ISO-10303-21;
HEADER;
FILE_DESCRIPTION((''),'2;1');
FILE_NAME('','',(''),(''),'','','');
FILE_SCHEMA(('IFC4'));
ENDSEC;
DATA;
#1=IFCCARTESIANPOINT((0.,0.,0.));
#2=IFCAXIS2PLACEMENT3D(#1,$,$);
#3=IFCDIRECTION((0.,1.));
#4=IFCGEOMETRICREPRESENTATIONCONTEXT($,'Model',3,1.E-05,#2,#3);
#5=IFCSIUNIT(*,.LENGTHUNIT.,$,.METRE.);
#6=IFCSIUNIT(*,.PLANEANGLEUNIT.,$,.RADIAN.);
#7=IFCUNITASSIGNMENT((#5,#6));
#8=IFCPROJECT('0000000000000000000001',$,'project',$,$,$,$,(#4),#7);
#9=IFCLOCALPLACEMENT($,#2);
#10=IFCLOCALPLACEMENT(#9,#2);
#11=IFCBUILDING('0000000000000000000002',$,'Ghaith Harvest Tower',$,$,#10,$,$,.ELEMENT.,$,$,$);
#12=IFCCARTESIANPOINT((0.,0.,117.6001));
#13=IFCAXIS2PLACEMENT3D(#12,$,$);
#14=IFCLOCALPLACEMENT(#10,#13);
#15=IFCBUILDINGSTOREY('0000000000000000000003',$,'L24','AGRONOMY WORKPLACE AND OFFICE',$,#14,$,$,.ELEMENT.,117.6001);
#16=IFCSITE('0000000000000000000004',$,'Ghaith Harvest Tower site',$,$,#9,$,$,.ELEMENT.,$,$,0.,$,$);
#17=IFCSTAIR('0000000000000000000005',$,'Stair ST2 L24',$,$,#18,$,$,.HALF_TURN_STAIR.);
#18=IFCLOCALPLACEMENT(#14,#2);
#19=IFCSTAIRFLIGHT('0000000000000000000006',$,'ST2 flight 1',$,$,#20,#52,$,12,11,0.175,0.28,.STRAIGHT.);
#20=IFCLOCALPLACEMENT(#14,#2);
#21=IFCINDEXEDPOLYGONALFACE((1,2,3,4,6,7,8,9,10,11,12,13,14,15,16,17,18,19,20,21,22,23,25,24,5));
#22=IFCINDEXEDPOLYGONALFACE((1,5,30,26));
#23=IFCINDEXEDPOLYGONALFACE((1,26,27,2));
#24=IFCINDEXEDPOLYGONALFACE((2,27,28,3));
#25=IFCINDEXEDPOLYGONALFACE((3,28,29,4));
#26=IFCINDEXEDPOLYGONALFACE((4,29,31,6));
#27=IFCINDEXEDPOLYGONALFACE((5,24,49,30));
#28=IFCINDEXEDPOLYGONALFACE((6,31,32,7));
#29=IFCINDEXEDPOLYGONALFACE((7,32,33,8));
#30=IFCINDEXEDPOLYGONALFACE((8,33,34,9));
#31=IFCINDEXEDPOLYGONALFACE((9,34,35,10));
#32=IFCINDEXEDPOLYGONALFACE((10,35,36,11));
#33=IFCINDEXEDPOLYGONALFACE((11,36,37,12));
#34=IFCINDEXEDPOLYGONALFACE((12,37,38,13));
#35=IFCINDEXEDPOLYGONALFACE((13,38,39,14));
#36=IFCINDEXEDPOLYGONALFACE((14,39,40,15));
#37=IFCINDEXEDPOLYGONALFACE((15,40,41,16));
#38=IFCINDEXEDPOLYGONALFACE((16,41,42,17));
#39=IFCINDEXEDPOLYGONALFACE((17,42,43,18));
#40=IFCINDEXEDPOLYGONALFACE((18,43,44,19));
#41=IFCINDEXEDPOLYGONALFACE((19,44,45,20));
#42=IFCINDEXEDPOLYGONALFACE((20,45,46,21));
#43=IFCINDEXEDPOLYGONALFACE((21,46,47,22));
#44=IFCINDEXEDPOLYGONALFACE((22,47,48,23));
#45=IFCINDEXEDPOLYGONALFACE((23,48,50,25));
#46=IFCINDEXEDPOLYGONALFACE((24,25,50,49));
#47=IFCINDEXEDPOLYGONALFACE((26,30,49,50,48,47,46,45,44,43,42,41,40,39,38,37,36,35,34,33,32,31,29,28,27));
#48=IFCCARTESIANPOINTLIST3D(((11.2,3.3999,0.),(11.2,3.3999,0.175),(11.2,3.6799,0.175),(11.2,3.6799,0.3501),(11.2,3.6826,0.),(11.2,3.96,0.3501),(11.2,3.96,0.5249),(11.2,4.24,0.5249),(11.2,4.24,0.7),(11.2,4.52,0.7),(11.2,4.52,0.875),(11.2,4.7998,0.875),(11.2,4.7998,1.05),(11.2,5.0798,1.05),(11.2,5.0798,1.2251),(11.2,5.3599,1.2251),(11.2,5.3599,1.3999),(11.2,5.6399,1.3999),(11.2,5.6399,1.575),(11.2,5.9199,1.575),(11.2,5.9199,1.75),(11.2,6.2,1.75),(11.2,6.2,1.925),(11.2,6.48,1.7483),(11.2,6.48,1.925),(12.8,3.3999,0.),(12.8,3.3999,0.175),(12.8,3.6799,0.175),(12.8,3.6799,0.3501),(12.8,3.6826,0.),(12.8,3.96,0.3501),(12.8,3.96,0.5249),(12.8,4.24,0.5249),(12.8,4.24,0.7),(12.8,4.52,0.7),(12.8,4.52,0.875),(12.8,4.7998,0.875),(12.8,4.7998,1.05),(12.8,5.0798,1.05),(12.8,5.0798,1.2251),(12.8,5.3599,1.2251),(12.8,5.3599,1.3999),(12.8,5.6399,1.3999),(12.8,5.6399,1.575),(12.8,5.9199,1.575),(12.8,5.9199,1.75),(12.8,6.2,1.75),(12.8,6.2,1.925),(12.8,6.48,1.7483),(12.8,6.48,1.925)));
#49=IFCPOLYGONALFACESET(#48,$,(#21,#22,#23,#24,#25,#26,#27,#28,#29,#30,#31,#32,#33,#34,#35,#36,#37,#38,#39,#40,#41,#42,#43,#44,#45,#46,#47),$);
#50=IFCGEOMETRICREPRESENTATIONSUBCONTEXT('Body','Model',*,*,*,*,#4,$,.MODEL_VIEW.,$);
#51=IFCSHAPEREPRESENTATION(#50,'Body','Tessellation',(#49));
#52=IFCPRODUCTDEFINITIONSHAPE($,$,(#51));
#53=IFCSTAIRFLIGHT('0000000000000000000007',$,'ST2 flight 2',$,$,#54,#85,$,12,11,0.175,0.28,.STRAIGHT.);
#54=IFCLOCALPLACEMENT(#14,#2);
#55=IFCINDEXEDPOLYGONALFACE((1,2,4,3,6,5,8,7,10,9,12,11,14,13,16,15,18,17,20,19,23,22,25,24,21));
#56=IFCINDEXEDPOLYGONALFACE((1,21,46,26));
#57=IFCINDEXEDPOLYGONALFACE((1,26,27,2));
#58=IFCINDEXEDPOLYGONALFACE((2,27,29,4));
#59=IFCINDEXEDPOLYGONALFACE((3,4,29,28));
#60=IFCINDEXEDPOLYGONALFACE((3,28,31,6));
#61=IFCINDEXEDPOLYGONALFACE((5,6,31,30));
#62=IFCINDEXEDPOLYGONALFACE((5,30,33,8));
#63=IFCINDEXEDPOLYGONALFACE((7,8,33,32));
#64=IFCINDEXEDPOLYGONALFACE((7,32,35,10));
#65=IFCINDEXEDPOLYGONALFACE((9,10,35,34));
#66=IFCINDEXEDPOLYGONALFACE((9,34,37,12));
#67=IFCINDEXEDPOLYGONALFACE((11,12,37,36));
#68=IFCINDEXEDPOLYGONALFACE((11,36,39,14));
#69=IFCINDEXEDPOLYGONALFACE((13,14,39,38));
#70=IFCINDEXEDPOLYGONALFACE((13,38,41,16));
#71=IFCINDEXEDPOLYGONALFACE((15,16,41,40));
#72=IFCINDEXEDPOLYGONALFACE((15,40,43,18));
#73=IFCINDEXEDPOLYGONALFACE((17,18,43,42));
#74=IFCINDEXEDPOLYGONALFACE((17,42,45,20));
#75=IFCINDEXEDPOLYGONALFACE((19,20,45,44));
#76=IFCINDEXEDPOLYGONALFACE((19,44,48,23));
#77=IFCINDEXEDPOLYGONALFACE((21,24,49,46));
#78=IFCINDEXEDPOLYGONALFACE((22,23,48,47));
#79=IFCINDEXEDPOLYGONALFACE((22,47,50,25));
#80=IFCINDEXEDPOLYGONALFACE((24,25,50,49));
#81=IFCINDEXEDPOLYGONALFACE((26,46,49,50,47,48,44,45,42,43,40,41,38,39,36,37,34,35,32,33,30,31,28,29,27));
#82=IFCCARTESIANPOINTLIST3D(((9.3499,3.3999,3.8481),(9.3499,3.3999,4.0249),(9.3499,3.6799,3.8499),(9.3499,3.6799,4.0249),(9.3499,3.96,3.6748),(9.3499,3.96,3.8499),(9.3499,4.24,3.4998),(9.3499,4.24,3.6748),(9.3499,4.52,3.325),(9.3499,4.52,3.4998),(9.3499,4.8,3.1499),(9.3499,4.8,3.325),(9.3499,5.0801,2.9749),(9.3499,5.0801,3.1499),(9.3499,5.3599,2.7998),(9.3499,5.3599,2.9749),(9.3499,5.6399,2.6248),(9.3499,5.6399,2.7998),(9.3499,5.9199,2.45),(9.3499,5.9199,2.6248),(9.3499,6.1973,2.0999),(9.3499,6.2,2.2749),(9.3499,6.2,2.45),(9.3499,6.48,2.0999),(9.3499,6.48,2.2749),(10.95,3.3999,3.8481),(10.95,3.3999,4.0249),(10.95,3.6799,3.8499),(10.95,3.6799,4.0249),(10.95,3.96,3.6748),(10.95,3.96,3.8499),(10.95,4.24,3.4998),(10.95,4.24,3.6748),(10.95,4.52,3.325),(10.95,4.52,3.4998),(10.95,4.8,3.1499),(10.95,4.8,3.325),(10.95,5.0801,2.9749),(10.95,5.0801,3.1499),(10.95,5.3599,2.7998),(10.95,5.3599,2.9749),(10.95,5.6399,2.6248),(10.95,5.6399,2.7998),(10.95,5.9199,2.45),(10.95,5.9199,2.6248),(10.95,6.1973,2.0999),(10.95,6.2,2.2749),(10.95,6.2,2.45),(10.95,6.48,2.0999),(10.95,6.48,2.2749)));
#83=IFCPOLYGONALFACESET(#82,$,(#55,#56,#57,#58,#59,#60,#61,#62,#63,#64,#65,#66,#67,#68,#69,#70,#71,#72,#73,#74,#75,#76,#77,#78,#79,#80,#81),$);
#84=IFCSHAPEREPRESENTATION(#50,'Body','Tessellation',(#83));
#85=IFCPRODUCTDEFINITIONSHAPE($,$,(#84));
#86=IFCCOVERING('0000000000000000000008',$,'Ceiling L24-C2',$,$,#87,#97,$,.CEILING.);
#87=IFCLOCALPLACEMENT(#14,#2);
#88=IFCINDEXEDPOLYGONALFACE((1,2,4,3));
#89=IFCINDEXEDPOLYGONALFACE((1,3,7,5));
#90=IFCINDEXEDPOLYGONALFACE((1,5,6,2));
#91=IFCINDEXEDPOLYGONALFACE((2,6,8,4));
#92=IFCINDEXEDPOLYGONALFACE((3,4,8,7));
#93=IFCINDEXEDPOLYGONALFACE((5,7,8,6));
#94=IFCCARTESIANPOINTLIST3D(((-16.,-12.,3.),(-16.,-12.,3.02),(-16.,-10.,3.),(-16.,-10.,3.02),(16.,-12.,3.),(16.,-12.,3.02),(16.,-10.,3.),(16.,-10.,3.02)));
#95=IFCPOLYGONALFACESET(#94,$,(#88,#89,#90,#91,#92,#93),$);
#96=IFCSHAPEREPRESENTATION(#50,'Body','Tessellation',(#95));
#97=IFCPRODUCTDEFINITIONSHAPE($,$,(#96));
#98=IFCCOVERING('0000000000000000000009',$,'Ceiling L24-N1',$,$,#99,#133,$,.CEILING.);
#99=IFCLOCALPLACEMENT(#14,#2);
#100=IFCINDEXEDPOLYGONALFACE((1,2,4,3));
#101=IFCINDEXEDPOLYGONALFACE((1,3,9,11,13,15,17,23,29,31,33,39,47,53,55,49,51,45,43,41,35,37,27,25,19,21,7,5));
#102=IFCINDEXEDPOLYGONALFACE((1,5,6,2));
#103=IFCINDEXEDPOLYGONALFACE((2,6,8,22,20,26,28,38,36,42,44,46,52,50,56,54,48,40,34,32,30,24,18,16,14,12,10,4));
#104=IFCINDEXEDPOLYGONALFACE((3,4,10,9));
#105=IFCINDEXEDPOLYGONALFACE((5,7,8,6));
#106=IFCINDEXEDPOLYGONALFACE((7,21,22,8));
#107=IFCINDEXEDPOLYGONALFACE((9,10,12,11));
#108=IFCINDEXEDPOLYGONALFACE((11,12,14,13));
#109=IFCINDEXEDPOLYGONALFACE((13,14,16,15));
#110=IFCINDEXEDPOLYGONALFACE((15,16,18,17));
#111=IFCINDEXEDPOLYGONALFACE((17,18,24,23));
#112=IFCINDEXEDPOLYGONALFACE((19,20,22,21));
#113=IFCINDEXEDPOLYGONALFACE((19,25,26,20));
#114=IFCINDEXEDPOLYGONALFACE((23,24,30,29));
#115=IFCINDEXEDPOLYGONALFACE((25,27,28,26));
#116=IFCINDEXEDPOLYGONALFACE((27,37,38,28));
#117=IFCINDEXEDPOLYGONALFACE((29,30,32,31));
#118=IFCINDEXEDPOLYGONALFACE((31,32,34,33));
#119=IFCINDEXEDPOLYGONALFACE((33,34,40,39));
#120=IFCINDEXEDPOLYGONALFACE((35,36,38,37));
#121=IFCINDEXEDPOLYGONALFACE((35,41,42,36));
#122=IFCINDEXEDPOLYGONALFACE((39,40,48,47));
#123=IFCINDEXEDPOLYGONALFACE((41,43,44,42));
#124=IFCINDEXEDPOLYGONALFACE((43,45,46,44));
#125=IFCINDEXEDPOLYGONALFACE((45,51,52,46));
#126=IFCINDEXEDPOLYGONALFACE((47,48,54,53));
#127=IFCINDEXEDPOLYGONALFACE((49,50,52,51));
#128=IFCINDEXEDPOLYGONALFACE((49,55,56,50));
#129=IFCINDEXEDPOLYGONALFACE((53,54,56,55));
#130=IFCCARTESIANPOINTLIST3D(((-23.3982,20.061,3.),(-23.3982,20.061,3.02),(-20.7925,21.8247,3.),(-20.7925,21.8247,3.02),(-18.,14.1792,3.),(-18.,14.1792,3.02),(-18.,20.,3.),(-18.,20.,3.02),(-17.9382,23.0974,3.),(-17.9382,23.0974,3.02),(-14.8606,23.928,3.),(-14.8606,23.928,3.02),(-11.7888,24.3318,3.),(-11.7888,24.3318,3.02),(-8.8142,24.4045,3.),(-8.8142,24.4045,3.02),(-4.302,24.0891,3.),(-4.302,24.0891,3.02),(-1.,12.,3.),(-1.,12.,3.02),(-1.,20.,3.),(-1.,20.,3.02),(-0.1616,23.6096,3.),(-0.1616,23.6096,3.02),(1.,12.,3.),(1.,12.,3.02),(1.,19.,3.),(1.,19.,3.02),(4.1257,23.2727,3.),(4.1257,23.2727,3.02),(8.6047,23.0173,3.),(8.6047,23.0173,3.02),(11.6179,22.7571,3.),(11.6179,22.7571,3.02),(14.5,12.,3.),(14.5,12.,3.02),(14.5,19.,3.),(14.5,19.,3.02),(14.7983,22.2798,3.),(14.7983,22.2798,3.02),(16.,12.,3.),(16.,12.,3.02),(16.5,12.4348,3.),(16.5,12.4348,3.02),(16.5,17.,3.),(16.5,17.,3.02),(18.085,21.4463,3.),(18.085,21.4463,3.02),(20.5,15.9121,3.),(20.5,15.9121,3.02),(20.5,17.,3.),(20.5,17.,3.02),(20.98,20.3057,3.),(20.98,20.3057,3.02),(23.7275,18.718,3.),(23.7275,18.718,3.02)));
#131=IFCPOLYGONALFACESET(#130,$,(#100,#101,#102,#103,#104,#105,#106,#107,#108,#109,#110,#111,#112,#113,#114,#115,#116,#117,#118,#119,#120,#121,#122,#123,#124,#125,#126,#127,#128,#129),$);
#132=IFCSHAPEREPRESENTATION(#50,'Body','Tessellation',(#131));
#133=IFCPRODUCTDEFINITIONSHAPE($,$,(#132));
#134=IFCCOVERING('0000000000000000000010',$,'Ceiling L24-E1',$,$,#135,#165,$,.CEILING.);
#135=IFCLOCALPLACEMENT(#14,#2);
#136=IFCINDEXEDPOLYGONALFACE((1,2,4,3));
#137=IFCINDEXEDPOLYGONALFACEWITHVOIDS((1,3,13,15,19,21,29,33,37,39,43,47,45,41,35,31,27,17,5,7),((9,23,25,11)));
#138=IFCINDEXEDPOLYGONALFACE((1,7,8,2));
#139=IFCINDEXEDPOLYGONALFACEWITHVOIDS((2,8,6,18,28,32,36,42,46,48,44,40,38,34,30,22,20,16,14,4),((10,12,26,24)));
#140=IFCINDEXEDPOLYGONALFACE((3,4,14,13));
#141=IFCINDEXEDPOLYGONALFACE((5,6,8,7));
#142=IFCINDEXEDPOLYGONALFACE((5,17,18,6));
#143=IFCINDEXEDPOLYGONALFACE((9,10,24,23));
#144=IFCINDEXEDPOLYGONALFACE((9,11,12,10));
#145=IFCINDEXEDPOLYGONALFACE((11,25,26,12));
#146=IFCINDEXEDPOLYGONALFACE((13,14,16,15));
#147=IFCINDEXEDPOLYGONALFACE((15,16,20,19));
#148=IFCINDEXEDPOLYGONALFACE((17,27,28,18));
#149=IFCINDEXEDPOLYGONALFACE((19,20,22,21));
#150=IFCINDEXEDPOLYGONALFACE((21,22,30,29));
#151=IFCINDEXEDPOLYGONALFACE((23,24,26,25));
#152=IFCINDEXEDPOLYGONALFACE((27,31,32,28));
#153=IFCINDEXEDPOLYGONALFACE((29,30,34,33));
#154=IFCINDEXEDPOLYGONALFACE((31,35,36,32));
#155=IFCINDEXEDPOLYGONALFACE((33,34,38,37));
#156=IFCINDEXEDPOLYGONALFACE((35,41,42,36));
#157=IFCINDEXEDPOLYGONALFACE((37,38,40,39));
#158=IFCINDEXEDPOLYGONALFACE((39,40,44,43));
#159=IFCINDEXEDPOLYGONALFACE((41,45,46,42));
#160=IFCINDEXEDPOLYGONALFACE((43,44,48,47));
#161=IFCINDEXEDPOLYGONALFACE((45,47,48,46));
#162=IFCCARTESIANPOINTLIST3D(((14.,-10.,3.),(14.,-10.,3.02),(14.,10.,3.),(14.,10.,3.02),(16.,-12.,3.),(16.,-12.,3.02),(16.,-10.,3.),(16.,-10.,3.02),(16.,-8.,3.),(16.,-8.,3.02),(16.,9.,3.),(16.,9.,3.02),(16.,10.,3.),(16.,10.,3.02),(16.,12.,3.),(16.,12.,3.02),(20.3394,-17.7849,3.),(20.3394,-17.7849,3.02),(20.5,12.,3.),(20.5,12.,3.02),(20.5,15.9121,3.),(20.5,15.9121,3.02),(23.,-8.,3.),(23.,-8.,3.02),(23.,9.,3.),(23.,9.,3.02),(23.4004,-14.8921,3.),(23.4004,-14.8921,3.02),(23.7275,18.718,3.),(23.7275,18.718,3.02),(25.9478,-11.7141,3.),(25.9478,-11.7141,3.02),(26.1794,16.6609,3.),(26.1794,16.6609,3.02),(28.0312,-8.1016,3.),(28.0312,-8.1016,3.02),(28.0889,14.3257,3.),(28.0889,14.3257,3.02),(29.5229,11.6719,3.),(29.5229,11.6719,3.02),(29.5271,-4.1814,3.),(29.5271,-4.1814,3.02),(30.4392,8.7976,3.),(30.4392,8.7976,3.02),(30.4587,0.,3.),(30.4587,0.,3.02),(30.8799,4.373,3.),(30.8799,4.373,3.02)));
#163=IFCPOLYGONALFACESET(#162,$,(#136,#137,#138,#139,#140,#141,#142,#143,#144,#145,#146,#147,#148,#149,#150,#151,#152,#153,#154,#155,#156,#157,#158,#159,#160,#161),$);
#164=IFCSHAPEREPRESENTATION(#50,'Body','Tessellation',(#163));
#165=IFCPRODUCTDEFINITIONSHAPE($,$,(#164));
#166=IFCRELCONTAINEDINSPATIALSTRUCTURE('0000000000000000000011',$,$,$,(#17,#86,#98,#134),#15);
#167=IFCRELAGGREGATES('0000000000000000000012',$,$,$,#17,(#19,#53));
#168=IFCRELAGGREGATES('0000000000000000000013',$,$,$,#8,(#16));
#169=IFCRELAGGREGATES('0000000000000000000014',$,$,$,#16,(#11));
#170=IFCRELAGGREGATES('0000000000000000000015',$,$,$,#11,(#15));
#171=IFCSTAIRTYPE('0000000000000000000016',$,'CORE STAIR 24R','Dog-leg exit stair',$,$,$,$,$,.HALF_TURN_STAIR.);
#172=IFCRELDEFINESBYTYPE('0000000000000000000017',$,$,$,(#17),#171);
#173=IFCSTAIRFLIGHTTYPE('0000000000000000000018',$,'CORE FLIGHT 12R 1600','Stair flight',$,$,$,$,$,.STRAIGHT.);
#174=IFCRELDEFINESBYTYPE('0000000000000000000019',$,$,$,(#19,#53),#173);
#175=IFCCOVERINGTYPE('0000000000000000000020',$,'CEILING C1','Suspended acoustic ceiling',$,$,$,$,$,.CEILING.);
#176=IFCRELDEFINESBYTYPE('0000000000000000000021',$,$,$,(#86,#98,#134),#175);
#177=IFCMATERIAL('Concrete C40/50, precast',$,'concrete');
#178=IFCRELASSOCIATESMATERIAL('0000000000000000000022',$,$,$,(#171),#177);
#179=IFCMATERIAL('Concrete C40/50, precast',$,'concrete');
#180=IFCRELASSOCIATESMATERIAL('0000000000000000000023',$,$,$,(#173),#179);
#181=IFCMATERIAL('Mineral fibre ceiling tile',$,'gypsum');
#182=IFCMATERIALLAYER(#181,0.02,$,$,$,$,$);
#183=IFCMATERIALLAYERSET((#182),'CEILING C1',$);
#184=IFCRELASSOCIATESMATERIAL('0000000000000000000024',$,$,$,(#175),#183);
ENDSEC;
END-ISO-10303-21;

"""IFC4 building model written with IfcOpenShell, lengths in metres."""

from ifc_helpers import new_model, si_unit, direction, frame, origin, place, context, subcontext, project, spatial, polyline, outline, extrude, material, layer, layer_set, type_object, element, aggregate, save


model = new_model("IFC4")

# Units and contexts
model_context = context("Model", 3, precision=1e-05, world=origin(), true_north=direction((0.0, 1.0)))
body_context = subcontext(model_context, "Body", "Model", "MODEL_VIEW")
ifc_project = project(units=[si_unit("LENGTHUNIT", "METRE"), si_unit("PLANEANGLEUNIT", "RADIAN")], contexts=[model_context])

# Site, building, storey
site_placement = place(None, origin())
site = spatial("IfcSite", under=ifc_project, at=site_placement, Name="Ghaith Harvest Tower site", CompositionType="ELEMENT", RefElevation=0.0)
building_placement = place(site_placement, origin())
building = spatial("IfcBuilding", under=site, at=building_placement, Name="Ghaith Harvest Tower", CompositionType="ELEMENT")
storey_placement = place(building_placement, frame((0.0, 0.0, 117.6001)))
storey = spatial("IfcBuildingStorey", under=building, at=storey_placement, Name="L24", Description="AGRONOMY WORKPLACE AND OFFICE", CompositionType="ELEMENT", Elevation=117.6001)

# Stair, stair flights
ifc_material_1 = material(Name="Concrete C40/50, precast", Category="concrete")
stair_type = type_object("IfcStairType", Name="CORE STAIR 24R", Description="Dog-leg exit stair", PredefinedType="HALF_TURN_STAIR", material=ifc_material_1)
stair_placement = place(storey_placement, origin())
stair = element("IfcStair", 1, at=stair_placement, inside=storey, type_object=stair_type, Name="Stair ST2 L24", PredefinedType="HALF_TURN_STAIR")
ifc_material_2 = material(Name="Concrete C40/50, precast", Category="concrete")
stair_flight_type = type_object("IfcStairFlightType", Name="CORE FLIGHT 12R 1600", Description="Stair flight", PredefinedType="STRAIGHT", material=ifc_material_2)
stair_flight_1_placement = place(storey_placement, frame((12.0, 3.3999, 0.0), z_axis=(0.0, 0.0, 1.0), x_axis=(0.0, 1.0, 0.0)))
stair_flight_1 = element("IfcStairFlight", 2, at=stair_flight_1_placement, type_object=stair_flight_type, Name="ST2 flight 1", NumberOfRisers=12, NumberOfTreads=11, PredefinedType="STRAIGHT", RiserHeight=0.175, TreadLength=0.28, context=body_context, shape_type="SweptSolid", body=[
    extrude(outline(polyline([(0.0, 0.0), (0.0, 0.175), (0.28, 0.175), (0.28, 0.3501), (0.5601, 0.3501), (0.5601, 0.5249), (0.8401, 0.5249), (0.8401, 0.7), (1.1201, 0.7), (1.1201, 0.875), (1.3999, 0.875), (1.3999, 1.05), (1.6799, 1.05), (1.6799, 1.2251), (1.96, 1.2251), (1.96, 1.3999), (2.24, 1.3999), (2.24, 1.575), (2.52, 1.575), (2.52, 1.75), (2.8, 1.75), (2.8, 1.925), (3.0801, 1.925), (3.0801, 2.1001), (3.0801, 1.7483), (0.2827, 0.0), (0.0, 0.0)])), frame((0.0, 0.8, 0.0), z_axis=(0.0, -1.0, 0.0), x_axis=(1.0, 0.0, 0.0)), (0.0, 0.0, 1.0), 1.6001),
])
stair_flight_2_placement = place(storey_placement, frame((10.1499, 6.48, 2.0999), z_axis=(0.0, 0.0, 1.0), x_axis=(0.0, -1.0, 0.0)))
stair_flight_2 = element("IfcStairFlight", 3, at=stair_flight_2_placement, type_object=stair_flight_type, Name="ST2 flight 2", NumberOfRisers=12, NumberOfTreads=11, PredefinedType="STRAIGHT", RiserHeight=0.175, TreadLength=0.28, context=body_context, shape_type="SweptSolid", body=[
    extrude(outline(polyline([(0.0, 0.0), (0.0, 0.175), (0.28, 0.175), (0.28, 0.3501), (0.5601, 0.3501), (0.5601, 0.5249), (0.8401, 0.5249), (0.8401, 0.7), (1.1201, 0.7), (1.1201, 0.875), (1.3999, 0.875), (1.3999, 1.05), (1.6799, 1.05), (1.6799, 1.2251), (1.96, 1.2251), (1.96, 1.3999), (2.24, 1.3999), (2.24, 1.575), (2.52, 1.575), (2.52, 1.75), (2.8, 1.75), (2.8, 1.925), (3.0801, 1.925), (3.0801, 2.1001), (3.0801, 1.7483), (0.2827, 0.0), (0.0, 0.0)])), frame((0.0, 0.8, 0.0), z_axis=(0.0, -1.0, 0.0), x_axis=(1.0, 0.0, 0.0)), (0.0, 0.0, 1.0), 1.6001),
])
aggregate(stair, [stair_flight_1, stair_flight_2])

# Coverings
ifc_material_3 = material(Name="Mineral fibre ceiling tile", Category="gypsum")
ifc_layer_1 = layer(ifc_material_3, 0.02)
ifc_layer_set_1 = layer_set([ifc_layer_1], Name="CEILING C1")
covering_type = type_object("IfcCoveringType", Name="CEILING C1", Description="Suspended acoustic ceiling", PredefinedType="CEILING", material=ifc_layer_set_1)
covering_1_placement = place(storey_placement, frame((0.0, 0.0, 3.0)))
element("IfcCovering", 4, at=covering_1_placement, inside=storey, type_object=covering_type, Name="Ceiling L24-C2", PredefinedType="CEILING", context=body_context, shape_type="SweptSolid", body=[
    extrude(outline(polyline([(16.0, -10.0), (16.0, -12.0), (-16.0, -12.0), (-16.0, -10.0), (16.0, -10.0)])), origin(), (0.0, 0.0, 1.0), 0.02),
])
covering_2_placement = place(storey_placement, frame((0.0, 0.0, 3.0)))
element("IfcCovering", 5, at=covering_2_placement, inside=storey, type_object=covering_type, Name="Ceiling L24-N1", PredefinedType="CEILING", context=body_context, shape_type="SweptSolid", body=[
    extrude(outline(polyline([(-20.7925, 21.8247), (-17.9382, 23.0974), (-14.8606, 23.928), (-11.7888, 24.3318), (-8.8142, 24.4045), (-4.302, 24.0891), (-0.1616, 23.6096), (4.1257, 23.2727), (8.6047, 23.0173), (11.6179, 22.7571), (14.7983, 22.2798), (18.085, 21.4463), (20.98, 20.3057), (23.7275, 18.718), (20.5, 15.9121), (20.5, 17.0), (16.5, 17.0), (16.5, 12.4348), (16.0, 12.0), (14.5, 12.0), (14.5, 19.0), (1.0, 19.0), (1.0, 12.0), (-1.0, 12.0), (-1.0, 20.0), (-18.0, 20.0), (-18.0, 14.1792), (-23.3982, 20.061), (-20.7925, 21.8247)])), origin(), (0.0, 0.0, 1.0), 0.02),
])
covering_3_placement = place(storey_placement, frame((0.0, 0.0, 3.0)))
element("IfcCovering", 6, at=covering_3_placement, inside=storey, type_object=covering_type, Name="Ceiling L24-E1", PredefinedType="CEILING", context=body_context, shape_type="SweptSolid", body=[
    extrude(outline(polyline([(28.0889, 14.3257), (29.5229, 11.6719), (30.4392, 8.7976), (30.8799, 4.373), (30.4587, 0.0), (29.5271, -4.1814), (28.0312, -8.1016), (25.9478, -11.7141), (23.4004, -14.8921), (20.3394, -17.7849), (16.0, -12.0), (16.0, -10.0), (14.0, -10.0), (14.0, 10.0), (16.0, 10.0), (16.0, 12.0), (20.5, 12.0), (20.5, 15.9121), (23.7275, 18.718), (26.1794, 16.6609), (28.0889, 14.3257)]), holes=[polyline([(23.0, -8.0), (23.0, 9.0), (16.0, 9.0), (16.0, -8.0), (23.0, -8.0)])]), origin(), (0.0, 0.0, 1.0), 0.02),
])

save(model, "model.ifc")
